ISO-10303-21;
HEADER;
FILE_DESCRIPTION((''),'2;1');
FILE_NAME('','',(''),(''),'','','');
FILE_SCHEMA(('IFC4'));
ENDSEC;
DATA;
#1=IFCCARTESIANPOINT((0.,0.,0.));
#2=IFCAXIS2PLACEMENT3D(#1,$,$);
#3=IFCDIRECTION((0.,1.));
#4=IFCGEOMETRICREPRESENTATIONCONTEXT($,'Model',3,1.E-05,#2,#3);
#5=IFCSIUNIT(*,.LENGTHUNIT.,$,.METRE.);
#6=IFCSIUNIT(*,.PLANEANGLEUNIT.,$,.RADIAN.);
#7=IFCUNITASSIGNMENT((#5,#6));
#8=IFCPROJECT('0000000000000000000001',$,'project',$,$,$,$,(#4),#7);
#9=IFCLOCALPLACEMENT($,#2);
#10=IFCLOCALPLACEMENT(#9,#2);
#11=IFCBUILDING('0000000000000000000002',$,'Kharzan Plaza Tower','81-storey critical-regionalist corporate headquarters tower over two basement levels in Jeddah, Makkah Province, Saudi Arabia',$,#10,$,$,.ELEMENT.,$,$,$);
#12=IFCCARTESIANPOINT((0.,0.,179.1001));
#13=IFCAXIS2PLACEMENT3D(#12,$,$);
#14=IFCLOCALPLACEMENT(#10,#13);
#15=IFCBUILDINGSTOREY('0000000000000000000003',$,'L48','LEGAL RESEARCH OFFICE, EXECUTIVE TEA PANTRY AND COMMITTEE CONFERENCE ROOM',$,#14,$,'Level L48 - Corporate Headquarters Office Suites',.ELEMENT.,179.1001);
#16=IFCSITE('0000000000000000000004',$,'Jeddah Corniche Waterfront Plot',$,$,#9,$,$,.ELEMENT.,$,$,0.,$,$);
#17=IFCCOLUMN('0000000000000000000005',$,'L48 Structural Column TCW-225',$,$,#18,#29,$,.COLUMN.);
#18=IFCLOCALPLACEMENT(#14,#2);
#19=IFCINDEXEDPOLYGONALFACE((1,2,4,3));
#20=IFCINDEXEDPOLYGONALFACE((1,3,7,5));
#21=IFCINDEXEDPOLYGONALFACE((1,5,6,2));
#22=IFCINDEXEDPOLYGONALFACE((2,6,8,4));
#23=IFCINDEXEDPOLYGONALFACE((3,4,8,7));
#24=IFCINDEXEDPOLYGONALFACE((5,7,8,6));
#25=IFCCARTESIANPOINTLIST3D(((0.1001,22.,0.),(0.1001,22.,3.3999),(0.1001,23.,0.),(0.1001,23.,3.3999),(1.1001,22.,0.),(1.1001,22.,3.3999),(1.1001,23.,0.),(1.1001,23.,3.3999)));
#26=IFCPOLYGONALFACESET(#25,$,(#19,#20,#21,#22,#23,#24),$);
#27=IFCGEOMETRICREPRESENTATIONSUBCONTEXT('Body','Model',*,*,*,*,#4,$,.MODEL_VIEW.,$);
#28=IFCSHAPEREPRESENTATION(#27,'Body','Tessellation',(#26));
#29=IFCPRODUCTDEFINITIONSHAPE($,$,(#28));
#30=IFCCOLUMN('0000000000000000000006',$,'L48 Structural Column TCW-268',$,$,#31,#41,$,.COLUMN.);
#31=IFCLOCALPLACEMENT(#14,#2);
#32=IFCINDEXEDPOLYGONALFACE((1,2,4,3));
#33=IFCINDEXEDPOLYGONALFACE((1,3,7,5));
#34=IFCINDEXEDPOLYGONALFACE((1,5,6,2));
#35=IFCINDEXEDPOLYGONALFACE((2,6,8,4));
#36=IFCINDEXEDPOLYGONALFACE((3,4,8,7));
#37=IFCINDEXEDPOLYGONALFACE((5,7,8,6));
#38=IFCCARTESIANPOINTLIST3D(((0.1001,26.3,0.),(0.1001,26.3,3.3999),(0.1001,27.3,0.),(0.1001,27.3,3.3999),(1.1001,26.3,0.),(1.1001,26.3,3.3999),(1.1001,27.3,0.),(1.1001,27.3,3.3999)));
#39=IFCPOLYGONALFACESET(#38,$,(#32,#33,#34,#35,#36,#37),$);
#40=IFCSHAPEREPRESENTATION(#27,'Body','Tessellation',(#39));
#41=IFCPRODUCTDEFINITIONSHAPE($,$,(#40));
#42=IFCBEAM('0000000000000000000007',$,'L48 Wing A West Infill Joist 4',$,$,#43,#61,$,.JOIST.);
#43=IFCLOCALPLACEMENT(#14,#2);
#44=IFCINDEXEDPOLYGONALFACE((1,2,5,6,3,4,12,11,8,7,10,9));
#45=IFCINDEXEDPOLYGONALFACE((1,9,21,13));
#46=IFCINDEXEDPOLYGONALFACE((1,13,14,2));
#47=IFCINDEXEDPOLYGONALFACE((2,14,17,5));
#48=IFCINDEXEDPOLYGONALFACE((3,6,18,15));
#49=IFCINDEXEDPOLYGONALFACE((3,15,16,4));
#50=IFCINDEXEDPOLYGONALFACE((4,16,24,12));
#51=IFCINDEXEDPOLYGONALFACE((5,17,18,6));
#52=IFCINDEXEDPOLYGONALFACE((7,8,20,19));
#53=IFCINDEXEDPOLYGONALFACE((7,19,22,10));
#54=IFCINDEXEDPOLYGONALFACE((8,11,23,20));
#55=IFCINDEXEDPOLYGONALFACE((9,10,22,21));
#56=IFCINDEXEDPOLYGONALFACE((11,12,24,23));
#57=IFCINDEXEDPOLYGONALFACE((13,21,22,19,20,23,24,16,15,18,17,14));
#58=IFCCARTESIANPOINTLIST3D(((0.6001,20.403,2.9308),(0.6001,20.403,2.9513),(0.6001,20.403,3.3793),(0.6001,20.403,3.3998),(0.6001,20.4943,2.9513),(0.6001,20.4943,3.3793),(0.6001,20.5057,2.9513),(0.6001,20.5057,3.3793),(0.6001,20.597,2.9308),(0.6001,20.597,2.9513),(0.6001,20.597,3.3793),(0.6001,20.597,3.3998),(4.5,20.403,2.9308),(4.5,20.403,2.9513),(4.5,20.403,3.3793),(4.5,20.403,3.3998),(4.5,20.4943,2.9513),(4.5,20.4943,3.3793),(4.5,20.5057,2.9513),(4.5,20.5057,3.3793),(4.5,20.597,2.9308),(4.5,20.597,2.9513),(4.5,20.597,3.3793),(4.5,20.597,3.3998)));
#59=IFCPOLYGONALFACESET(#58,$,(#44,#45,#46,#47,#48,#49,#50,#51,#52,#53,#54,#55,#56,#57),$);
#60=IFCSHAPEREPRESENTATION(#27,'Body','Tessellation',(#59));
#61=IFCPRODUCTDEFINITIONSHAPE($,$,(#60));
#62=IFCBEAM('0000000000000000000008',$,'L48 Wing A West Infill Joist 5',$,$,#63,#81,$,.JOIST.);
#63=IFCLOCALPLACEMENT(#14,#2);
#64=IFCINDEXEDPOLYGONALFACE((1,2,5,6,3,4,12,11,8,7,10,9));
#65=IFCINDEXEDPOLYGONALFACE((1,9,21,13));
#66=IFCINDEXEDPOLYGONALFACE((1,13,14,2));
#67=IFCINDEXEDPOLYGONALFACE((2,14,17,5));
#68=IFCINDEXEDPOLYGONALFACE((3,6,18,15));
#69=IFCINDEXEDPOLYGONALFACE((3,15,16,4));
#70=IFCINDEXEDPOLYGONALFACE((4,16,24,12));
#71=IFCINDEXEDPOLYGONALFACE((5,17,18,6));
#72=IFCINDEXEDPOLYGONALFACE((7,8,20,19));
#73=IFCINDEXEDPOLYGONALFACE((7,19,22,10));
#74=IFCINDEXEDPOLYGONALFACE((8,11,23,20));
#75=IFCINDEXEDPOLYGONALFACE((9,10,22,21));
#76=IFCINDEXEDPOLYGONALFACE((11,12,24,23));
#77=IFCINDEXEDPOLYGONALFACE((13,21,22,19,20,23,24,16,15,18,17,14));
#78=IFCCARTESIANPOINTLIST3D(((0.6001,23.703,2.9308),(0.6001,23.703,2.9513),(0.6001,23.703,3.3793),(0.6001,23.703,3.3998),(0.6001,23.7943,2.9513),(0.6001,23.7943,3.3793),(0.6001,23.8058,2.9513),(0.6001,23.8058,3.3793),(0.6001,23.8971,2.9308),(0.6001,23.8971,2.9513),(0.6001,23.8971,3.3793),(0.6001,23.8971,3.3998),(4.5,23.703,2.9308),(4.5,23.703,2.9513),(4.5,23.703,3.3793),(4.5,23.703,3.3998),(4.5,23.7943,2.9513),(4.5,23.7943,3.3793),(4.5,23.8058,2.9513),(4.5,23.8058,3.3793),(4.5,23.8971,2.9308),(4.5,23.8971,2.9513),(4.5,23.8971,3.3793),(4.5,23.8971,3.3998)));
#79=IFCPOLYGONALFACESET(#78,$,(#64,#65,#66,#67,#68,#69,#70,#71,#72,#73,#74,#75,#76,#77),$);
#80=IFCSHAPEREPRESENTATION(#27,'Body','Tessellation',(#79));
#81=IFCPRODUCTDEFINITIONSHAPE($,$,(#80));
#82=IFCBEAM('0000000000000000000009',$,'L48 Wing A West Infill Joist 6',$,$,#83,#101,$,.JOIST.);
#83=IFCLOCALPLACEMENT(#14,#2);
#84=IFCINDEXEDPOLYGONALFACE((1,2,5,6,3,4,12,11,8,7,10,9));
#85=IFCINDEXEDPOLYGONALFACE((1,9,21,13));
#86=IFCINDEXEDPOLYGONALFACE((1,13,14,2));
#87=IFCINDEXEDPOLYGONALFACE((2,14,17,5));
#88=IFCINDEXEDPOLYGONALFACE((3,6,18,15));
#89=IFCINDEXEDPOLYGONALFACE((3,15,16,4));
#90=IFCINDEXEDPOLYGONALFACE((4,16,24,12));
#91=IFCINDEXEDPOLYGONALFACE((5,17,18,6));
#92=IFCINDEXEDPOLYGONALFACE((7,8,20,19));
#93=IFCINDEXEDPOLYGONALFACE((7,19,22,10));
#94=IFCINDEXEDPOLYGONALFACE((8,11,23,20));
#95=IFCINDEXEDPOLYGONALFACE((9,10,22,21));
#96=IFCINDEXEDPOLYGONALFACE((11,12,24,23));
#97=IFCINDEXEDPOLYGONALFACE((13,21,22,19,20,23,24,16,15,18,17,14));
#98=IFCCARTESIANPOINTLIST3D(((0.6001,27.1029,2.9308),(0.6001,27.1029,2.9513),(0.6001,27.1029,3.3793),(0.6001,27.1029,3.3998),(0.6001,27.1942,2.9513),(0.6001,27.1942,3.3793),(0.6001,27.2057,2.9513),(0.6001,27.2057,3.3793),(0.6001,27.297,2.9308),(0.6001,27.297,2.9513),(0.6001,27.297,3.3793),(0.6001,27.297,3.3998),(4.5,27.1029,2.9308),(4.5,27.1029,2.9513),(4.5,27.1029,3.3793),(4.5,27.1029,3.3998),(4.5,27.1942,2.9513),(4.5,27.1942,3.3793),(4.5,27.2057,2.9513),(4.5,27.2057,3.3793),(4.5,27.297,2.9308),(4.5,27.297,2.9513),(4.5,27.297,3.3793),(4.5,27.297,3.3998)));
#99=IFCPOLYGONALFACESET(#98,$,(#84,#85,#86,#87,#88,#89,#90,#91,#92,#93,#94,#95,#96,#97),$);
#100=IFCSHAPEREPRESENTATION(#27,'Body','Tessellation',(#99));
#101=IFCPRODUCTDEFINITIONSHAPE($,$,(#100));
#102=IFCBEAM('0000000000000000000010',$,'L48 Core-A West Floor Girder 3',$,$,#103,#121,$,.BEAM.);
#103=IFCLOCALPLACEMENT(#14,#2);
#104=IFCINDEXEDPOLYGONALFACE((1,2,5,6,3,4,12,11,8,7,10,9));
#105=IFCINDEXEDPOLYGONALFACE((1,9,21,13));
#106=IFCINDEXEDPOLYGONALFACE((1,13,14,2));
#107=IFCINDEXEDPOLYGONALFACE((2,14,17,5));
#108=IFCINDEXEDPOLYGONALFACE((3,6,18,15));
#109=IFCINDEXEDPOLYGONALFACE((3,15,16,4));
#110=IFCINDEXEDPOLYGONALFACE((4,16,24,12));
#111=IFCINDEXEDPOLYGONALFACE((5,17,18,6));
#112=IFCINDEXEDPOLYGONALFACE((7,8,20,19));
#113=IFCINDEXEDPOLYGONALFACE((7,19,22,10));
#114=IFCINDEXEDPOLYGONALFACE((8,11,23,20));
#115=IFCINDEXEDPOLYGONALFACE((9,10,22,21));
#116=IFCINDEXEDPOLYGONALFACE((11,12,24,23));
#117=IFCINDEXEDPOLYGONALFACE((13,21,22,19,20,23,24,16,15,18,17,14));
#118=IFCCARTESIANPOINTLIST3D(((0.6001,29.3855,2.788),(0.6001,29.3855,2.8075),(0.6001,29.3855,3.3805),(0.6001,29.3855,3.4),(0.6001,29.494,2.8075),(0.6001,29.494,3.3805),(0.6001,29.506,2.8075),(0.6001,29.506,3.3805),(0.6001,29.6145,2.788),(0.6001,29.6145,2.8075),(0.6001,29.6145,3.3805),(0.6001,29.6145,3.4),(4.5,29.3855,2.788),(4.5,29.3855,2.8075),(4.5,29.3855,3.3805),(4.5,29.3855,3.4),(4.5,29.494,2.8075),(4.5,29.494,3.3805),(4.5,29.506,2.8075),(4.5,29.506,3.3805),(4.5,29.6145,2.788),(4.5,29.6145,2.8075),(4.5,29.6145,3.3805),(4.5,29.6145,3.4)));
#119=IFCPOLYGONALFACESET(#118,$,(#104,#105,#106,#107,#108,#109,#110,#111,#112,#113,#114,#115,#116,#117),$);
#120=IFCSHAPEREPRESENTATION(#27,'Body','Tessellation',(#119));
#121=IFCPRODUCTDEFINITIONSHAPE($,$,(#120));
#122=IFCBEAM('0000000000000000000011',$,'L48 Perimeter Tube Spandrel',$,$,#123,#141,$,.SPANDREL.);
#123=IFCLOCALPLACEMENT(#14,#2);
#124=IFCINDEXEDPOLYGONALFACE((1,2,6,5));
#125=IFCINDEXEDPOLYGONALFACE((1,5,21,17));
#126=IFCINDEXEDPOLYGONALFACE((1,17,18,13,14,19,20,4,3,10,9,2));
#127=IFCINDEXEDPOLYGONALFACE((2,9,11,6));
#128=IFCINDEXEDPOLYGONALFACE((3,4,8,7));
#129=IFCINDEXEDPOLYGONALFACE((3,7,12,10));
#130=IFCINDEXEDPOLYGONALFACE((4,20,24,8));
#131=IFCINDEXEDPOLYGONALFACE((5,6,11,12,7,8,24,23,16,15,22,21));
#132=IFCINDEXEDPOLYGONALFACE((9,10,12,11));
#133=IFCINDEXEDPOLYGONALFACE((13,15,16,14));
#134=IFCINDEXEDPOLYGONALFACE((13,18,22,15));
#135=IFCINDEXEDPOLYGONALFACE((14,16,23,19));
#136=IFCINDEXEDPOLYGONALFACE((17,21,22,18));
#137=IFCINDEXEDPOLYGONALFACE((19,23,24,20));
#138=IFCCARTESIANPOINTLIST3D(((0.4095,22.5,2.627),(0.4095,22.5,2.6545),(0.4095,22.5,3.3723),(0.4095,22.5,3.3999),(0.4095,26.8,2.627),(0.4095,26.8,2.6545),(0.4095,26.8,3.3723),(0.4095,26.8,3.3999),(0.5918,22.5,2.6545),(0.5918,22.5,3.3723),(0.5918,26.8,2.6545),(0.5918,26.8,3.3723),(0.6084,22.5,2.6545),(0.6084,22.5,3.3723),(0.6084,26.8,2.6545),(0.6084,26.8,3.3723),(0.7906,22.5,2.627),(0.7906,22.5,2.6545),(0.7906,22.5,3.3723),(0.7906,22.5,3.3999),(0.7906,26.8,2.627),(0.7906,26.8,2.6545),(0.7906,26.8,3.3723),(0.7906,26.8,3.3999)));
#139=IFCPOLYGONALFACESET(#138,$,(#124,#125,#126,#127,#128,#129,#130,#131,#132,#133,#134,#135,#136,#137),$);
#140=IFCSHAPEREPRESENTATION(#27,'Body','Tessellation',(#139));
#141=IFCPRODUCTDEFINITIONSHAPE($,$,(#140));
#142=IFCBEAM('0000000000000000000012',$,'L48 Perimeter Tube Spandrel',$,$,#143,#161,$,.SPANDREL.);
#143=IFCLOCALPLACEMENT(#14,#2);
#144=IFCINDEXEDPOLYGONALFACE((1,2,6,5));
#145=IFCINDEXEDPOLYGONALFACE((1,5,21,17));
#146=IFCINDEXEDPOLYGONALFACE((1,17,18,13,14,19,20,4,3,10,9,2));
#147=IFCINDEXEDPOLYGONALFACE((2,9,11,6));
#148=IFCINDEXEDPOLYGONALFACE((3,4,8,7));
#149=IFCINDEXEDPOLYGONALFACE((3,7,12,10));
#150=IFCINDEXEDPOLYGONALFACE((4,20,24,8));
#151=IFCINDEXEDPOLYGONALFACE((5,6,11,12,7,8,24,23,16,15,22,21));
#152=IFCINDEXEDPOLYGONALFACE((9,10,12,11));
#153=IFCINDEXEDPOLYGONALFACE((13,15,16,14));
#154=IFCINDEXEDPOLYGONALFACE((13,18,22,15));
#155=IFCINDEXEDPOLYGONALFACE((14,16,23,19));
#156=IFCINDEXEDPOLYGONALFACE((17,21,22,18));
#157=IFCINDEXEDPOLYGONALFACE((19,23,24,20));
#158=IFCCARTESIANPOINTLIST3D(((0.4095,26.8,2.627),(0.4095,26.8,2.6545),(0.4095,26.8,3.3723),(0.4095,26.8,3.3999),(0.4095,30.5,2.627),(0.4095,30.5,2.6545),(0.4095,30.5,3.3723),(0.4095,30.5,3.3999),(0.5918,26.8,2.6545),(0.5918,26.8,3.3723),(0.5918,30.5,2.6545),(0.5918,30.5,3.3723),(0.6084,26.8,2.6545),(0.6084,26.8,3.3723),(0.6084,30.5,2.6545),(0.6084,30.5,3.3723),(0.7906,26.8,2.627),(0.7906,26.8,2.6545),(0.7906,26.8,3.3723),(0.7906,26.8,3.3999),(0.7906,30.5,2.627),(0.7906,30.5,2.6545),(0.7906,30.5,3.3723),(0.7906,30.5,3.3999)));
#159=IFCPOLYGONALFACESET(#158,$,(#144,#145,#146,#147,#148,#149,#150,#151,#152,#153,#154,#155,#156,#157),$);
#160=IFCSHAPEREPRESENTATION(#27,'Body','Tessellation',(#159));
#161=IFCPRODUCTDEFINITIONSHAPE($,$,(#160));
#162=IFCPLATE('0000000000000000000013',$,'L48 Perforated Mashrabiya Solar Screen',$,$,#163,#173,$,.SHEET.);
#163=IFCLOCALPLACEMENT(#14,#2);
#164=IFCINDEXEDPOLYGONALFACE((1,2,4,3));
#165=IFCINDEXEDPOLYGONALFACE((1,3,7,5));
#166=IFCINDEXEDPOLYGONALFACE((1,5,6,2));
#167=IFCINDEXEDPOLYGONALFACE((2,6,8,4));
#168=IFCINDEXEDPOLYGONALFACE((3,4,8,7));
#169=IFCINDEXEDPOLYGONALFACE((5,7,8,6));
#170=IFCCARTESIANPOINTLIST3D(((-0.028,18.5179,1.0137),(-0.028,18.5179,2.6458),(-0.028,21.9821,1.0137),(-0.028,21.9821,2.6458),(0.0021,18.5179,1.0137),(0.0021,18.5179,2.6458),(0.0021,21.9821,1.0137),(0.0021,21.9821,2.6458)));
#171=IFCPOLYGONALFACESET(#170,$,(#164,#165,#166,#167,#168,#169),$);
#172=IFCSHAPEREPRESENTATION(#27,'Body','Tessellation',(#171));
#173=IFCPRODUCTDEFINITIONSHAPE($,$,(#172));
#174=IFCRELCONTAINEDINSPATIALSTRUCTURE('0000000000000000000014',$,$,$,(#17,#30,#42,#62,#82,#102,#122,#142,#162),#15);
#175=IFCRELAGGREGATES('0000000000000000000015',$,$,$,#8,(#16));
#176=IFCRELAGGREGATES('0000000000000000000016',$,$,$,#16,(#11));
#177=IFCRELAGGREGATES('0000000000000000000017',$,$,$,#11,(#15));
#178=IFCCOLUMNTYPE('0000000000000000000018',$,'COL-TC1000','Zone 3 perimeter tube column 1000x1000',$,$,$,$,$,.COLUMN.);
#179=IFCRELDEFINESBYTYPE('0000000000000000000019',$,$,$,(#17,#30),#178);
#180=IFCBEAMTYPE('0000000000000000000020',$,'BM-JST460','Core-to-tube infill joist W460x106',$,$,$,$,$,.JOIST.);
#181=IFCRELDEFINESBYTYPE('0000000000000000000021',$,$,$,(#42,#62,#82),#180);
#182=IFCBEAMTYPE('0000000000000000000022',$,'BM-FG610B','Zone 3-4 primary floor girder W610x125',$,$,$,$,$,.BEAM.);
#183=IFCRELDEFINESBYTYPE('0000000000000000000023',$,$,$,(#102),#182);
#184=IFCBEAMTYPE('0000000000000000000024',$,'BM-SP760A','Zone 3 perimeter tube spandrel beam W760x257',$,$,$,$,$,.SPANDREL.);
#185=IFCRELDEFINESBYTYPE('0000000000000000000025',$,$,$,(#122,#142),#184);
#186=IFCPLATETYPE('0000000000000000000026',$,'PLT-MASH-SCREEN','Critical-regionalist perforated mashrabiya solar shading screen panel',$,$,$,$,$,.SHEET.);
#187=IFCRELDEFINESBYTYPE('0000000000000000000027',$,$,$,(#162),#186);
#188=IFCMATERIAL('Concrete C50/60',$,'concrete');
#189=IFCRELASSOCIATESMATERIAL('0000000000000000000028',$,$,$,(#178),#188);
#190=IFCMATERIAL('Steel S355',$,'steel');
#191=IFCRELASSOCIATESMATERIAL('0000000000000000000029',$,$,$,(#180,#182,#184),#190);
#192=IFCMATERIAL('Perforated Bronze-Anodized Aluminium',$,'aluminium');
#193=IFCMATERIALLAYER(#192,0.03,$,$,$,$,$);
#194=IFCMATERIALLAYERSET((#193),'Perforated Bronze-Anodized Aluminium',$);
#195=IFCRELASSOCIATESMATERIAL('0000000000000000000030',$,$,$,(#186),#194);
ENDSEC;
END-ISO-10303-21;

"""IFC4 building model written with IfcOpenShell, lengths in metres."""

from ifc_helpers import new_model, si_unit, direction, frame, origin, origin_2d, place, context, subcontext, project, spatial, rectangle, i_section, extrude, source, transform, mapped, material, layer, layer_set, material_profile, profile_set, type_object, element, save


model = new_model("IFC4")

# Units and contexts
model_context = context("Model", 3, precision=1e-05, world=origin(), true_north=direction((0.0, 1.0)))
body_context = subcontext(model_context, "Body", "Model", "MODEL_VIEW")
ifc_project = project(units=[si_unit("LENGTHUNIT", "METRE"), si_unit("PLANEANGLEUNIT", "RADIAN")], contexts=[model_context])

# Site, building, storey
site_placement = place(None, origin())
site = spatial("IfcSite", under=ifc_project, at=site_placement, Name="Jeddah Corniche Waterfront Plot", CompositionType="ELEMENT", RefElevation=0.0)
building_placement = place(site_placement, origin())
building = spatial("IfcBuilding", under=site, at=building_placement, Name="Kharzan Plaza Tower", Description="81-storey critical-regionalist corporate headquarters tower over two basement levels in Jeddah, Makkah Province, Saudi Arabia", CompositionType="ELEMENT")
storey_placement = place(building_placement, frame((0.0, 0.0, 179.1001)))
storey = spatial("IfcBuildingStorey", under=building, at=storey_placement, Name="L48", Description="LEGAL RESEARCH OFFICE, EXECUTIVE TEA PANTRY AND COMMITTEE CONFERENCE ROOM", LongName="Level L48 - Corporate Headquarters Office Suites", CompositionType="ELEMENT", Elevation=179.1001)

# Columns
ifc_material_1 = material(Name="Concrete C50/60", Category="concrete")
ifc_material_profile_1 = material_profile(ifc_material_1, rectangle(XDim=1.0, YDim=1.0, at=origin_2d()), Name="RC-TC1000x1000")
ifc_profile_set_1 = profile_set([ifc_material_profile_1], Name="Concrete C50/60")
column_type = type_object("IfcColumnType", Name="COL-TC1000", Description="Zone 3 perimeter tube column 1000x1000", PredefinedType="COLUMN", material=ifc_profile_set_1)
shared_shape_1 = source(origin(), body_context, "Body", "SweptSolid", [
    extrude(rectangle(XDim=1.0, YDim=1.0, at=origin_2d()), origin(), (0.0, 0.0, 1.0), 3.3999),
])
for number, where, z_axis, x_axis, name in (
    (1, (0.6001, 22.5, 0.0), (0.0, 0.0, 1.0), (1.0, 0.0, 0.0), "L48 Structural Column TCW-225"),
    (2, (0.6001, 26.8, 0.0), (0.0, 0.0, 1.0), (1.0, 0.0, 0.0), "L48 Structural Column TCW-268"),
):
    element("IfcColumn", number, at=place(storey_placement, frame(where, z_axis=z_axis, x_axis=x_axis)), inside=storey, type_object=column_type, Name=name, PredefinedType="COLUMN", context=body_context, shape_type="MappedRepresentation", body=[
        mapped(shared_shape_1, transform((0.0, 0.0, 0.0), x_axis=(1.0, 0.0, 0.0), y_axis=(0.0, 1.0, 0.0), z_axis=(0.0, 0.0, 1.0))),
    ])

# Beams
ifc_material_2 = material(Name="Steel S355", Category="steel")
ifc_material_profile_2 = material_profile(ifc_material_2, i_section(OverallWidth=0.1941, OverallDepth=0.469, WebThickness=0.0115, FlangeThickness=0.0205, at=origin_2d()), Name="W460x106")
ifc_profile_set_2 = profile_set([ifc_material_profile_2], Name="Steel S355")
beam_type_1 = type_object("IfcBeamType", Name="BM-JST460", Description="Core-to-tube infill joist W460x106", PredefinedType="JOIST", material=ifc_profile_set_2)
shared_shape_2 = source(origin(), body_context, "Body", "SweptSolid", [
    extrude(i_section(OverallWidth=0.1941, OverallDepth=0.469, WebThickness=0.0115, FlangeThickness=0.0205, at=origin_2d()), origin(), (0.0, 0.0, 1.0), 3.8999),
])
for number, where, z_axis, x_axis, name in (
    (3, (0.6001, 20.5, 3.1653), (1.0, 0.0, 0.0), (0.0, 1.0, 0.0), "L48 Wing A West Infill Joist 4"),
    (4, (0.6001, 23.8, 3.1653), (1.0, 0.0, 0.0), (0.0, 1.0, 0.0), "L48 Wing A West Infill Joist 5"),
    (5, (0.6001, 27.2, 3.1653), (1.0, 0.0, 0.0), (0.0, 1.0, 0.0), "L48 Wing A West Infill Joist 6"),
):
    element("IfcBeam", number, at=place(storey_placement, frame(where, z_axis=z_axis, x_axis=x_axis)), inside=storey, type_object=beam_type_1, Name=name, PredefinedType="JOIST", context=body_context, shape_type="MappedRepresentation", body=[
        mapped(shared_shape_2, transform((0.0, 0.0, 0.0), x_axis=(1.0, 0.0, 0.0), y_axis=(0.0, 1.0, 0.0), z_axis=(0.0, 0.0, 1.0))),
    ])
ifc_material_profile_3 = material_profile(ifc_material_2, i_section(OverallWidth=0.229, OverallDepth=0.6121, WebThickness=0.012, FlangeThickness=0.0195, at=origin_2d()), Name="W610x125")
ifc_profile_set_3 = profile_set([ifc_material_profile_3], Name="Steel S355")
beam_type_2 = type_object("IfcBeamType", Name="BM-FG610B", Description="Zone 3-4 primary floor girder W610x125", PredefinedType="BEAM", material=ifc_profile_set_3)
shared_shape_3 = source(origin(), body_context, "Body", "SweptSolid", [
    extrude(i_section(OverallWidth=0.229, OverallDepth=0.6121, WebThickness=0.012, FlangeThickness=0.0195, at=origin_2d()), origin(), (0.0, 0.0, 1.0), 3.8999),
])
beam_1_placement = place(storey_placement, frame((0.6001, 29.5, 3.094), z_axis=(1.0, 0.0, 0.0), x_axis=(0.0, 1.0, 0.0)))
element("IfcBeam", 6, at=beam_1_placement, inside=storey, type_object=beam_type_2, Name="L48 Core-A West Floor Girder 3", PredefinedType="BEAM", context=body_context, shape_type="MappedRepresentation", body=[
    mapped(shared_shape_3, transform((0.0, 0.0, 0.0), x_axis=(1.0, 0.0, 0.0), y_axis=(0.0, 1.0, 0.0), z_axis=(0.0, 0.0, 1.0))),
])
ifc_material_profile_4 = material_profile(ifc_material_2, i_section(OverallWidth=0.3811, OverallDepth=0.7729, WebThickness=0.0166, FlangeThickness=0.0276, at=origin_2d()), Name="W760x257")
ifc_profile_set_4 = profile_set([ifc_material_profile_4], Name="Steel S355")
beam_type_3 = type_object("IfcBeamType", Name="BM-SP760A", Description="Zone 3 perimeter tube spandrel beam W760x257", PredefinedType="SPANDREL", material=ifc_profile_set_4)
shared_shape_4 = source(origin(), body_context, "Body", "SweptSolid", [
    extrude(i_section(OverallWidth=0.3811, OverallDepth=0.7729, WebThickness=0.0166, FlangeThickness=0.0276, at=origin_2d()), origin(), (0.0, 0.0, 1.0), 4.3),
])
beam_2_placement = place(storey_placement, frame((0.6001, 22.5, 3.0134), z_axis=(0.0, 1.0, 0.0), x_axis=(-1.0, 0.0, 0.0)))
element("IfcBeam", 7, at=beam_2_placement, inside=storey, type_object=beam_type_3, Name="L48 Perimeter Tube Spandrel", PredefinedType="SPANDREL", context=body_context, shape_type="MappedRepresentation", body=[
    mapped(shared_shape_4, transform((0.0, 0.0, 0.0), x_axis=(1.0, 0.0, 0.0), y_axis=(0.0, 1.0, 0.0), z_axis=(0.0, 0.0, 1.0))),
])
shared_shape_5 = source(origin(), body_context, "Body", "SweptSolid", [
    extrude(i_section(OverallWidth=0.3811, OverallDepth=0.7729, WebThickness=0.0166, FlangeThickness=0.0276, at=origin_2d()), origin(), (0.0, 0.0, 1.0), 3.7),
])
beam_3_placement = place(storey_placement, frame((0.6001, 26.8, 3.0134), z_axis=(0.0, 1.0, 0.0), x_axis=(-1.0, 0.0, 0.0)))
element("IfcBeam", 8, at=beam_3_placement, inside=storey, type_object=beam_type_3, Name="L48 Perimeter Tube Spandrel", PredefinedType="SPANDREL", context=body_context, shape_type="MappedRepresentation", body=[
    mapped(shared_shape_5, transform((0.0, 0.0, 0.0), x_axis=(1.0, 0.0, 0.0), y_axis=(0.0, 1.0, 0.0), z_axis=(0.0, 0.0, 1.0))),
])

# Plate
ifc_material_3 = material(Name="Perforated Bronze-Anodized Aluminium", Category="aluminium")
ifc_layer_1 = layer(ifc_material_3, 0.03)
ifc_layer_set_1 = layer_set([ifc_layer_1], Name="Perforated Bronze-Anodized Aluminium")
plate_type = type_object("IfcPlateType", Name="PLT-MASH-SCREEN", Description="Critical-regionalist perforated mashrabiya solar shading screen panel", PredefinedType="SHEET", material=ifc_layer_set_1)
shared_shape_6 = source(origin(), body_context, "Body", "SweptSolid", [
    extrude(rectangle(XDim=3.4641, YDim=0.03, at=origin_2d()), origin(), (0.0, 0.0, 1.0), 1.6321),
])
plate_1_placement = place(storey_placement, frame((-0.0129, 20.25, 1.0137), z_axis=(0.0, 0.0, 1.0), x_axis=(0.0, -1.0, 0.0)))
element("IfcPlate", 9, at=plate_1_placement, inside=storey, type_object=plate_type, Name="L48 Perforated Mashrabiya Solar Screen", PredefinedType="SHEET", context=body_context, shape_type="MappedRepresentation", body=[
    mapped(shared_shape_6, transform((0.0, 0.0, 0.0), x_axis=(1.0, 0.0, 0.0), y_axis=(0.0, 1.0, 0.0), z_axis=(0.0, 0.0, 1.0))),
])

save(model, "model.ifc")
